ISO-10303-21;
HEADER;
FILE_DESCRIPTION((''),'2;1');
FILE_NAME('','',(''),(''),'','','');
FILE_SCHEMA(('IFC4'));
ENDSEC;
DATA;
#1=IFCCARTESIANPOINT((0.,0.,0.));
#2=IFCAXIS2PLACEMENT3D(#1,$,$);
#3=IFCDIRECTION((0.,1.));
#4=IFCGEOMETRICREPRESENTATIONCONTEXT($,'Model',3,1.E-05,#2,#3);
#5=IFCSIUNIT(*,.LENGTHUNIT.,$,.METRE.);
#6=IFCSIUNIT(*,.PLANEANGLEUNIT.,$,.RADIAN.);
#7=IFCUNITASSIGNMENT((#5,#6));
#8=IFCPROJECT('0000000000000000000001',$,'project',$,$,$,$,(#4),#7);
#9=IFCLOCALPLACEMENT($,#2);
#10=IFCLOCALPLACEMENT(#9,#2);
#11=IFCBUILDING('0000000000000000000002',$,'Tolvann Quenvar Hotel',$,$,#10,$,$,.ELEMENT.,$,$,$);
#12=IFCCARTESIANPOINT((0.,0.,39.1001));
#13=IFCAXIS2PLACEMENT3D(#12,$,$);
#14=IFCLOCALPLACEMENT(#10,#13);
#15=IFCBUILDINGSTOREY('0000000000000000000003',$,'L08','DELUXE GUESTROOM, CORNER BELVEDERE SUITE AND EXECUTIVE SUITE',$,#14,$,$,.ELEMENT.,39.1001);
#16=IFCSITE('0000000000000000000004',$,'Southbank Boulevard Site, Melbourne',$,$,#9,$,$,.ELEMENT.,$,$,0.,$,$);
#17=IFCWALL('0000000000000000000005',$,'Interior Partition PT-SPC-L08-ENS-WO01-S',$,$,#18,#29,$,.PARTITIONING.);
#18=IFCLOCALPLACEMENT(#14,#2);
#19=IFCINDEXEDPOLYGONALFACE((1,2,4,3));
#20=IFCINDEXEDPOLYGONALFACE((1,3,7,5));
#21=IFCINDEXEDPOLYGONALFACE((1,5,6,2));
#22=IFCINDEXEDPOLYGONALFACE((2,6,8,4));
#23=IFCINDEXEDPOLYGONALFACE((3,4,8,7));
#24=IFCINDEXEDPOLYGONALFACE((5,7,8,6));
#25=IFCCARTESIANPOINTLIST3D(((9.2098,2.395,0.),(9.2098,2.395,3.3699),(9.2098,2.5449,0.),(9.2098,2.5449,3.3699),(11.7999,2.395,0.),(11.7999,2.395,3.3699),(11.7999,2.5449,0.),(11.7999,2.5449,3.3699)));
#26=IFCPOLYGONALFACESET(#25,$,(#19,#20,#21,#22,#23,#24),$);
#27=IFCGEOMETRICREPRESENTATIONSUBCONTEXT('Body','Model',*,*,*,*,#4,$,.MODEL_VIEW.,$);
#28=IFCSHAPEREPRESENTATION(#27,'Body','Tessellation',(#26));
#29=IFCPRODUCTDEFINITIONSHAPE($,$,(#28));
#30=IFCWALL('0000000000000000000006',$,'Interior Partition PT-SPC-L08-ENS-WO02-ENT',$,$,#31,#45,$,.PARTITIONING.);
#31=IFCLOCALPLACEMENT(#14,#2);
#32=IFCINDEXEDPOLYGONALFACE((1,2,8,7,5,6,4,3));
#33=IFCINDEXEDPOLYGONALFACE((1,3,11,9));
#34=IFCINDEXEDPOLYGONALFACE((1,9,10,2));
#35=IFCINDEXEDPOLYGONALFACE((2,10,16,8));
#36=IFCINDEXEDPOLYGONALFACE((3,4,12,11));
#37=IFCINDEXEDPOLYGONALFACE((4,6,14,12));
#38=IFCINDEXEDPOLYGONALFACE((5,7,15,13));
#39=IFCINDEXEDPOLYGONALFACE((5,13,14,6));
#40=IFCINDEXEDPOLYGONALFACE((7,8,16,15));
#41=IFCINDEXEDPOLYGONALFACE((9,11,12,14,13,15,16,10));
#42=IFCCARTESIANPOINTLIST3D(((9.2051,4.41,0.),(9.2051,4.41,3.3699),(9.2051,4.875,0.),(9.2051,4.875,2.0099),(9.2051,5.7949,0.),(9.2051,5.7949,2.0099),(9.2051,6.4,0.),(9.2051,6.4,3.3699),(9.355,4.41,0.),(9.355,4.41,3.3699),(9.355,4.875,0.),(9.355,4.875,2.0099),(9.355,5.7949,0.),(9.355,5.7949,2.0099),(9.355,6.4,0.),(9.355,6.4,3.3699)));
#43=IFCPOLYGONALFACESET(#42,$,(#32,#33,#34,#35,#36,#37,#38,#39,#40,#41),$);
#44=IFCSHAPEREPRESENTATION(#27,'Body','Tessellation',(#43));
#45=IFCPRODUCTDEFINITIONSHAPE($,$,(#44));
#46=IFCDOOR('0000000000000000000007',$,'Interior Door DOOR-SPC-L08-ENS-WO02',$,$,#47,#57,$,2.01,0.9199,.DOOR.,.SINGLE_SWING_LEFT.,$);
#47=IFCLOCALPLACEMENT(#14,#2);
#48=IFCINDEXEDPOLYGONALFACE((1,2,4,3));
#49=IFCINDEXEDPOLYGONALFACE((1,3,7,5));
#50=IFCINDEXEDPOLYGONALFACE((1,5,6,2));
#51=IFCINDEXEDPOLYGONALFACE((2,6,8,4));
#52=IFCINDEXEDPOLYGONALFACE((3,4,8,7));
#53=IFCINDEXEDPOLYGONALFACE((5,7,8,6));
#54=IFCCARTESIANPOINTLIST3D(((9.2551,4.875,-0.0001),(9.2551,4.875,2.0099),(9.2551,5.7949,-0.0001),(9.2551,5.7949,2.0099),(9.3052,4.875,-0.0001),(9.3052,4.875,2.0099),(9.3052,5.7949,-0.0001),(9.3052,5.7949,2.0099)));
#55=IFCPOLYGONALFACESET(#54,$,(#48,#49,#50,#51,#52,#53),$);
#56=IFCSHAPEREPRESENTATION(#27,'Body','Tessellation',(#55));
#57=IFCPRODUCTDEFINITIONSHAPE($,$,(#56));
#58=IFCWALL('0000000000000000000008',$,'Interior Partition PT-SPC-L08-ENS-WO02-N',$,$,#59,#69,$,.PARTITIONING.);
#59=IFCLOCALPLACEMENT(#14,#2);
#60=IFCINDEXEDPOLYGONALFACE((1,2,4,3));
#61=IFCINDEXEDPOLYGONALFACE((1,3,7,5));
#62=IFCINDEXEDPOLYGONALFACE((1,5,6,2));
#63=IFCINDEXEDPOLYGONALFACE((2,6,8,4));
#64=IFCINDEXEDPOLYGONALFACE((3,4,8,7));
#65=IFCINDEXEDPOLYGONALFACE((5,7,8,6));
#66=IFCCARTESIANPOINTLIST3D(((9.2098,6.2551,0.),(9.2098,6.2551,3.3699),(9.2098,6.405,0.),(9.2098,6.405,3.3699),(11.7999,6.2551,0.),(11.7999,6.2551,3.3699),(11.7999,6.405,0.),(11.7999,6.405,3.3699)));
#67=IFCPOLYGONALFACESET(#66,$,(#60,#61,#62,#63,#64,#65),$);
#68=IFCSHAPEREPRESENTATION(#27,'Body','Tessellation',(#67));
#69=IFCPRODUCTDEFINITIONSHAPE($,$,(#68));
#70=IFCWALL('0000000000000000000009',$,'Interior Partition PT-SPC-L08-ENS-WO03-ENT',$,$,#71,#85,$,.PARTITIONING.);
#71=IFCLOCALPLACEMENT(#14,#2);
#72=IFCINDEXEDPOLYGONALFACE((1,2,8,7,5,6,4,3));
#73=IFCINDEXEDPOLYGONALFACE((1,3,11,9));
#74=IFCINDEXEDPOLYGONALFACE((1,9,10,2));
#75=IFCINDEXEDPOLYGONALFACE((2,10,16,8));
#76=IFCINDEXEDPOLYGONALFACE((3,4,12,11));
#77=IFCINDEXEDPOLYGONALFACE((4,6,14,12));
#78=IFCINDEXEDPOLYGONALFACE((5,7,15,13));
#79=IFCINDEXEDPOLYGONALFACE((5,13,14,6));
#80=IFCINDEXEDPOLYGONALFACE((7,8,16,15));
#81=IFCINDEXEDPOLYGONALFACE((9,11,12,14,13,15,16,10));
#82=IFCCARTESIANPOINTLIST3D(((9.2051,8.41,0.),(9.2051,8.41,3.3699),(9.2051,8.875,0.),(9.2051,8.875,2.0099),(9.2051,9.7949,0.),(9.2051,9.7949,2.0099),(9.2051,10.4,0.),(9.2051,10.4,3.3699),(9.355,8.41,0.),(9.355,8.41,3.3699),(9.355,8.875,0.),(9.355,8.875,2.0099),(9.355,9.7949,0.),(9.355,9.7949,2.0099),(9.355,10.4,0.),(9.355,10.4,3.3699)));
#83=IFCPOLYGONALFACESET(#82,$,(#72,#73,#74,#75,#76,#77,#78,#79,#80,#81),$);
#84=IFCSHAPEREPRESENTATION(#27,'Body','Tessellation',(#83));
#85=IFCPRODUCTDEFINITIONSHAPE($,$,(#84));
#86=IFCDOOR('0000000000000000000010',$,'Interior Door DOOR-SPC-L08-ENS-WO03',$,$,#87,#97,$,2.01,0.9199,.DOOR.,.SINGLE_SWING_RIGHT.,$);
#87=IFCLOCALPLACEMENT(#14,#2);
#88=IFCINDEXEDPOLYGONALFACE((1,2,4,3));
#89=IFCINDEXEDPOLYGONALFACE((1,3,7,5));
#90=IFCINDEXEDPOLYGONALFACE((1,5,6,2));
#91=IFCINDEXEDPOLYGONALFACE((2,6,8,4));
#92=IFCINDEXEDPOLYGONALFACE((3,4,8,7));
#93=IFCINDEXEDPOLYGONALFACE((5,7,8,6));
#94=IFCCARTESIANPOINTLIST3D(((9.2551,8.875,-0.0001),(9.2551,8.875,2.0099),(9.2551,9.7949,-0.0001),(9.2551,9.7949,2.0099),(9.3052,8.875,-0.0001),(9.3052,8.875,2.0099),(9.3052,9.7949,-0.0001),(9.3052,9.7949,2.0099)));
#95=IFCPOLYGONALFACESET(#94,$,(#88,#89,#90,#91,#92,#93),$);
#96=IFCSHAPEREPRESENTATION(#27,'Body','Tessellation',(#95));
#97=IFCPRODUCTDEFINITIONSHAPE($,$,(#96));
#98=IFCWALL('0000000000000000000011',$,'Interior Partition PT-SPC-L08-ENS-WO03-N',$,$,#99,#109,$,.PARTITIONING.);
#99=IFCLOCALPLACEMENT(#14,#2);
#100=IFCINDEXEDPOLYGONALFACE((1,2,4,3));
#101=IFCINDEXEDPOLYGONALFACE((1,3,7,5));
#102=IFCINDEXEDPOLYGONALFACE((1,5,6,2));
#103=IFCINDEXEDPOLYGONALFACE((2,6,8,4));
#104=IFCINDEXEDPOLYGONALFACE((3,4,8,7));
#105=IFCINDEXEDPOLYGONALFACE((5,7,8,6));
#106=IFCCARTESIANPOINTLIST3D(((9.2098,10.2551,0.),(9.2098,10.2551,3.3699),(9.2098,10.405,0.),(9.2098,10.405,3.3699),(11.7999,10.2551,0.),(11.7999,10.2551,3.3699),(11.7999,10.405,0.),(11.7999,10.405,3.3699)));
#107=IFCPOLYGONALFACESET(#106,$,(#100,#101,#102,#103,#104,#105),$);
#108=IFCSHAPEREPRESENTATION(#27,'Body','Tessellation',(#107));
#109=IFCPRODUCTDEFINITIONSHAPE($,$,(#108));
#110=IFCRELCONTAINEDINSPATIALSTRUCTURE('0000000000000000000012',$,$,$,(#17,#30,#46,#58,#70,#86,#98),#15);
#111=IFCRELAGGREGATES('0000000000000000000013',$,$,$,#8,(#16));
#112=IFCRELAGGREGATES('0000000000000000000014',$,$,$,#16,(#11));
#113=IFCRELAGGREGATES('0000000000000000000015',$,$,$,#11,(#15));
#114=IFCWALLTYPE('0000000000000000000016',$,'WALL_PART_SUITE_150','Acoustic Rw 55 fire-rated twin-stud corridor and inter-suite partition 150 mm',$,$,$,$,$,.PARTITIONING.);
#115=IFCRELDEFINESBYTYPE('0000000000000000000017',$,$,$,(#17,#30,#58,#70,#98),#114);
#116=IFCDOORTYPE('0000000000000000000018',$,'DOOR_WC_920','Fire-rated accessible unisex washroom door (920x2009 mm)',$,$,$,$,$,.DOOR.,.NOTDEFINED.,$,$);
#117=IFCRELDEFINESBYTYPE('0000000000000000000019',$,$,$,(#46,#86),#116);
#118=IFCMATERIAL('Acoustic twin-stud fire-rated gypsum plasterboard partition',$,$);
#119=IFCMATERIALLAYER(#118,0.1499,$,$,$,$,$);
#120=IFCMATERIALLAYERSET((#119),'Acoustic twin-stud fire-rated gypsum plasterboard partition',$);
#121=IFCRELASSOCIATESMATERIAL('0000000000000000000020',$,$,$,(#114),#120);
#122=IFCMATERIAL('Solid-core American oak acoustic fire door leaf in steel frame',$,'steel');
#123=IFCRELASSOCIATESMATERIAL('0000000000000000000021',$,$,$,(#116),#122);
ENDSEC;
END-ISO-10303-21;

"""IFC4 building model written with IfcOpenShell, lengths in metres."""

from ifc_helpers import new_model, si_unit, direction, frame, frame_2d, origin, place, context, subcontext, project, spatial, rectangle, extrude, source, transform, mapped, material, layer, layer_set, type_object, type_shapes, element, fill, save


model = new_model("IFC4")

# Units and contexts
model_context = context("Model", 3, precision=1e-05, world=origin(), true_north=direction((0.0, 1.0)))
body_context = subcontext(model_context, "Body", "Model", "MODEL_VIEW")
ifc_project = project(units=[si_unit("LENGTHUNIT", "METRE"), si_unit("PLANEANGLEUNIT", "RADIAN")], contexts=[model_context])

# Site, building, storey
site_placement = place(None, origin())
site = spatial("IfcSite", under=ifc_project, at=site_placement, Name="Southbank Boulevard Site, Melbourne", CompositionType="ELEMENT", RefElevation=0.0)
building_placement = place(site_placement, origin())
building = spatial("IfcBuilding", under=site, at=building_placement, Name="Tolvann Quenvar Hotel", CompositionType="ELEMENT")
storey_placement = place(building_placement, frame((0.0, 0.0, 39.1001)))
storey = spatial("IfcBuildingStorey", under=building, at=storey_placement, Name="L08", Description="DELUXE GUESTROOM, CORNER BELVEDERE SUITE AND EXECUTIVE SUITE", CompositionType="ELEMENT", Elevation=39.1001)

# Shared definitions
ifc_material_1 = material(Name="Acoustic twin-stud fire-rated gypsum plasterboard partition")
ifc_layer_1 = layer(ifc_material_1, 0.1499)
ifc_layer_set_1 = layer_set([ifc_layer_1], Name="Acoustic twin-stud fire-rated gypsum plasterboard partition")
wall_type_1 = type_object("IfcWallType", Name="WALL_PART_SUITE_150", Description="Acoustic Rw 55 fire-rated twin-stud corridor and inter-suite partition 150 mm", PredefinedType="PARTITIONING", material=ifc_layer_set_1)
ifc_material_2 = material(Name="Solid-core American oak acoustic fire door leaf in steel frame", Category="steel")
door_type_1 = type_object("IfcDoorType", Name="DOOR_WC_920", Description="Fire-rated accessible unisex washroom door (920x2009 mm)", OperationType="NOTDEFINED", PredefinedType="DOOR", material=ifc_material_2)
shared_shape_1 = source(origin(), body_context, "Body", "SweptSolid", [
    extrude(rectangle(XDim=0.9199, YDim=2.01, at=frame_2d((0.46, 1.0049))), frame((0.0, 0.0249, 0.0), z_axis=(0.0, -1.0, 0.0), x_axis=(1.0, 0.0, 0.0)), (0.0, 0.0, 1.0), 0.05),
])
type_shapes(door_type_1, [shared_shape_1])

# Wall
wall_1_placement = place(storey_placement, frame((9.21, 2.47, 0.0), z_axis=(0.0, 0.0, 1.0), x_axis=(1.0, 0.0, 0.0)))
element("IfcWall", 1, at=wall_1_placement, inside=storey, type_object=wall_type_1, Name="Interior Partition PT-SPC-L08-ENS-WO01-S", PredefinedType="PARTITIONING", context=body_context, shape_type="SweptSolid", body=[
    extrude(rectangle(XDim=2.5901, YDim=0.1499, at=frame_2d((1.2949, 0.0))), origin(), (0.0, 0.0, 1.0), 3.3699),
])

# Wall, opening, door
wall_2_placement = place(storey_placement, frame((9.28, 4.4099, 0.0), z_axis=(0.0, 0.0, 1.0), x_axis=(0.0, 1.0, 0.0)))
wall_2 = element("IfcWall", 2, at=wall_2_placement, inside=storey, type_object=wall_type_1, Name="Interior Partition PT-SPC-L08-ENS-WO02-ENT", PredefinedType="PARTITIONING", context=body_context, shape_type="SweptSolid", body=[
    extrude(rectangle(XDim=1.99, YDim=0.1499, at=frame_2d((0.9951, 0.0))), origin(), (0.0, 0.0, 1.0), 3.3699),
])
opening_1_placement = place(wall_2_placement, frame((0.4651, 0.0, 0.0)))
opening_1 = element("IfcOpeningElement", 3, at=opening_1_placement, cuts=wall_2, PredefinedType="OPENING", context=body_context, shape_type="SweptSolid", body=[
    extrude(rectangle(XDim=0.9199, YDim=2.01, at=frame_2d((0.46, 1.0049))), frame((0.0, 0.085, 0.0), z_axis=(0.0, -1.0, 0.0), x_axis=(1.0, 0.0, 0.0)), (0.0, 0.0, 1.0), 0.1699),
])
door_1_placement = place(opening_1_placement, origin())
door_1 = element("IfcDoor", 4, at=door_1_placement, inside=storey, type_object=door_type_1, Name="Interior Door DOOR-SPC-L08-ENS-WO02", OperationType="SINGLE_SWING_LEFT", OverallHeight=2.01, OverallWidth=0.9199, PredefinedType="DOOR", context=body_context, shape_type="MappedRepresentation", body=[
    mapped(shared_shape_1, transform((0.0, 0.0, 0.0), x_axis=(1.0, 0.0, 0.0), y_axis=(0.0, 1.0, 0.0), z_axis=(0.0, 0.0, 1.0), scale=1.0)),
])
fill(opening_1, door_1)

# Wall
wall_3_placement = place(storey_placement, frame((9.21, 6.3301, 0.0), z_axis=(0.0, 0.0, 1.0), x_axis=(1.0, 0.0, 0.0)))
element("IfcWall", 5, at=wall_3_placement, inside=storey, type_object=wall_type_1, Name="Interior Partition PT-SPC-L08-ENS-WO02-N", PredefinedType="PARTITIONING", context=body_context, shape_type="SweptSolid", body=[
    extrude(rectangle(XDim=2.5901, YDim=0.1499, at=frame_2d((1.2949, 0.0))), origin(), (0.0, 0.0, 1.0), 3.3699),
])

# Wall, opening, door
wall_4_placement = place(storey_placement, frame((9.28, 8.4099, 0.0), z_axis=(0.0, 0.0, 1.0), x_axis=(0.0, 1.0, 0.0)))
wall_4 = element("IfcWall", 6, at=wall_4_placement, inside=storey, type_object=wall_type_1, Name="Interior Partition PT-SPC-L08-ENS-WO03-ENT", PredefinedType="PARTITIONING", context=body_context, shape_type="SweptSolid", body=[
    extrude(rectangle(XDim=1.99, YDim=0.1499, at=frame_2d((0.9951, 0.0))), origin(), (0.0, 0.0, 1.0), 3.3699),
])
opening_2_placement = place(wall_4_placement, frame((0.4651, 0.0, 0.0)))
opening_2 = element("IfcOpeningElement", 7, at=opening_2_placement, cuts=wall_4, PredefinedType="OPENING", context=body_context, shape_type="SweptSolid", body=[
    extrude(rectangle(XDim=0.9199, YDim=2.01, at=frame_2d((0.46, 1.0049))), frame((0.0, 0.085, 0.0), z_axis=(0.0, -1.0, 0.0), x_axis=(1.0, 0.0, 0.0)), (0.0, 0.0, 1.0), 0.1699),
])
door_2_placement = place(opening_2_placement, origin())
door_2 = element("IfcDoor", 8, at=door_2_placement, inside=storey, type_object=door_type_1, Name="Interior Door DOOR-SPC-L08-ENS-WO03", OperationType="SINGLE_SWING_RIGHT", OverallHeight=2.01, OverallWidth=0.9199, PredefinedType="DOOR", context=body_context, shape_type="MappedRepresentation", body=[
    mapped(shared_shape_1, transform((0.0, 0.0, 0.0), x_axis=(1.0, 0.0, 0.0), y_axis=(0.0, 1.0, 0.0), z_axis=(0.0, 0.0, 1.0), scale=1.0)),
])
fill(opening_2, door_2)

# Wall
wall_5_placement = place(storey_placement, frame((9.21, 10.3301, 0.0), z_axis=(0.0, 0.0, 1.0), x_axis=(1.0, 0.0, 0.0)))
element("IfcWall", 9, at=wall_5_placement, inside=storey, type_object=wall_type_1, Name="Interior Partition PT-SPC-L08-ENS-WO03-N", PredefinedType="PARTITIONING", context=body_context, shape_type="SweptSolid", body=[
    extrude(rectangle(XDim=2.5901, YDim=0.1499, at=frame_2d((1.2949, 0.0))), origin(), (0.0, 0.0, 1.0), 3.3699),
])

save(model, "model.ifc")
